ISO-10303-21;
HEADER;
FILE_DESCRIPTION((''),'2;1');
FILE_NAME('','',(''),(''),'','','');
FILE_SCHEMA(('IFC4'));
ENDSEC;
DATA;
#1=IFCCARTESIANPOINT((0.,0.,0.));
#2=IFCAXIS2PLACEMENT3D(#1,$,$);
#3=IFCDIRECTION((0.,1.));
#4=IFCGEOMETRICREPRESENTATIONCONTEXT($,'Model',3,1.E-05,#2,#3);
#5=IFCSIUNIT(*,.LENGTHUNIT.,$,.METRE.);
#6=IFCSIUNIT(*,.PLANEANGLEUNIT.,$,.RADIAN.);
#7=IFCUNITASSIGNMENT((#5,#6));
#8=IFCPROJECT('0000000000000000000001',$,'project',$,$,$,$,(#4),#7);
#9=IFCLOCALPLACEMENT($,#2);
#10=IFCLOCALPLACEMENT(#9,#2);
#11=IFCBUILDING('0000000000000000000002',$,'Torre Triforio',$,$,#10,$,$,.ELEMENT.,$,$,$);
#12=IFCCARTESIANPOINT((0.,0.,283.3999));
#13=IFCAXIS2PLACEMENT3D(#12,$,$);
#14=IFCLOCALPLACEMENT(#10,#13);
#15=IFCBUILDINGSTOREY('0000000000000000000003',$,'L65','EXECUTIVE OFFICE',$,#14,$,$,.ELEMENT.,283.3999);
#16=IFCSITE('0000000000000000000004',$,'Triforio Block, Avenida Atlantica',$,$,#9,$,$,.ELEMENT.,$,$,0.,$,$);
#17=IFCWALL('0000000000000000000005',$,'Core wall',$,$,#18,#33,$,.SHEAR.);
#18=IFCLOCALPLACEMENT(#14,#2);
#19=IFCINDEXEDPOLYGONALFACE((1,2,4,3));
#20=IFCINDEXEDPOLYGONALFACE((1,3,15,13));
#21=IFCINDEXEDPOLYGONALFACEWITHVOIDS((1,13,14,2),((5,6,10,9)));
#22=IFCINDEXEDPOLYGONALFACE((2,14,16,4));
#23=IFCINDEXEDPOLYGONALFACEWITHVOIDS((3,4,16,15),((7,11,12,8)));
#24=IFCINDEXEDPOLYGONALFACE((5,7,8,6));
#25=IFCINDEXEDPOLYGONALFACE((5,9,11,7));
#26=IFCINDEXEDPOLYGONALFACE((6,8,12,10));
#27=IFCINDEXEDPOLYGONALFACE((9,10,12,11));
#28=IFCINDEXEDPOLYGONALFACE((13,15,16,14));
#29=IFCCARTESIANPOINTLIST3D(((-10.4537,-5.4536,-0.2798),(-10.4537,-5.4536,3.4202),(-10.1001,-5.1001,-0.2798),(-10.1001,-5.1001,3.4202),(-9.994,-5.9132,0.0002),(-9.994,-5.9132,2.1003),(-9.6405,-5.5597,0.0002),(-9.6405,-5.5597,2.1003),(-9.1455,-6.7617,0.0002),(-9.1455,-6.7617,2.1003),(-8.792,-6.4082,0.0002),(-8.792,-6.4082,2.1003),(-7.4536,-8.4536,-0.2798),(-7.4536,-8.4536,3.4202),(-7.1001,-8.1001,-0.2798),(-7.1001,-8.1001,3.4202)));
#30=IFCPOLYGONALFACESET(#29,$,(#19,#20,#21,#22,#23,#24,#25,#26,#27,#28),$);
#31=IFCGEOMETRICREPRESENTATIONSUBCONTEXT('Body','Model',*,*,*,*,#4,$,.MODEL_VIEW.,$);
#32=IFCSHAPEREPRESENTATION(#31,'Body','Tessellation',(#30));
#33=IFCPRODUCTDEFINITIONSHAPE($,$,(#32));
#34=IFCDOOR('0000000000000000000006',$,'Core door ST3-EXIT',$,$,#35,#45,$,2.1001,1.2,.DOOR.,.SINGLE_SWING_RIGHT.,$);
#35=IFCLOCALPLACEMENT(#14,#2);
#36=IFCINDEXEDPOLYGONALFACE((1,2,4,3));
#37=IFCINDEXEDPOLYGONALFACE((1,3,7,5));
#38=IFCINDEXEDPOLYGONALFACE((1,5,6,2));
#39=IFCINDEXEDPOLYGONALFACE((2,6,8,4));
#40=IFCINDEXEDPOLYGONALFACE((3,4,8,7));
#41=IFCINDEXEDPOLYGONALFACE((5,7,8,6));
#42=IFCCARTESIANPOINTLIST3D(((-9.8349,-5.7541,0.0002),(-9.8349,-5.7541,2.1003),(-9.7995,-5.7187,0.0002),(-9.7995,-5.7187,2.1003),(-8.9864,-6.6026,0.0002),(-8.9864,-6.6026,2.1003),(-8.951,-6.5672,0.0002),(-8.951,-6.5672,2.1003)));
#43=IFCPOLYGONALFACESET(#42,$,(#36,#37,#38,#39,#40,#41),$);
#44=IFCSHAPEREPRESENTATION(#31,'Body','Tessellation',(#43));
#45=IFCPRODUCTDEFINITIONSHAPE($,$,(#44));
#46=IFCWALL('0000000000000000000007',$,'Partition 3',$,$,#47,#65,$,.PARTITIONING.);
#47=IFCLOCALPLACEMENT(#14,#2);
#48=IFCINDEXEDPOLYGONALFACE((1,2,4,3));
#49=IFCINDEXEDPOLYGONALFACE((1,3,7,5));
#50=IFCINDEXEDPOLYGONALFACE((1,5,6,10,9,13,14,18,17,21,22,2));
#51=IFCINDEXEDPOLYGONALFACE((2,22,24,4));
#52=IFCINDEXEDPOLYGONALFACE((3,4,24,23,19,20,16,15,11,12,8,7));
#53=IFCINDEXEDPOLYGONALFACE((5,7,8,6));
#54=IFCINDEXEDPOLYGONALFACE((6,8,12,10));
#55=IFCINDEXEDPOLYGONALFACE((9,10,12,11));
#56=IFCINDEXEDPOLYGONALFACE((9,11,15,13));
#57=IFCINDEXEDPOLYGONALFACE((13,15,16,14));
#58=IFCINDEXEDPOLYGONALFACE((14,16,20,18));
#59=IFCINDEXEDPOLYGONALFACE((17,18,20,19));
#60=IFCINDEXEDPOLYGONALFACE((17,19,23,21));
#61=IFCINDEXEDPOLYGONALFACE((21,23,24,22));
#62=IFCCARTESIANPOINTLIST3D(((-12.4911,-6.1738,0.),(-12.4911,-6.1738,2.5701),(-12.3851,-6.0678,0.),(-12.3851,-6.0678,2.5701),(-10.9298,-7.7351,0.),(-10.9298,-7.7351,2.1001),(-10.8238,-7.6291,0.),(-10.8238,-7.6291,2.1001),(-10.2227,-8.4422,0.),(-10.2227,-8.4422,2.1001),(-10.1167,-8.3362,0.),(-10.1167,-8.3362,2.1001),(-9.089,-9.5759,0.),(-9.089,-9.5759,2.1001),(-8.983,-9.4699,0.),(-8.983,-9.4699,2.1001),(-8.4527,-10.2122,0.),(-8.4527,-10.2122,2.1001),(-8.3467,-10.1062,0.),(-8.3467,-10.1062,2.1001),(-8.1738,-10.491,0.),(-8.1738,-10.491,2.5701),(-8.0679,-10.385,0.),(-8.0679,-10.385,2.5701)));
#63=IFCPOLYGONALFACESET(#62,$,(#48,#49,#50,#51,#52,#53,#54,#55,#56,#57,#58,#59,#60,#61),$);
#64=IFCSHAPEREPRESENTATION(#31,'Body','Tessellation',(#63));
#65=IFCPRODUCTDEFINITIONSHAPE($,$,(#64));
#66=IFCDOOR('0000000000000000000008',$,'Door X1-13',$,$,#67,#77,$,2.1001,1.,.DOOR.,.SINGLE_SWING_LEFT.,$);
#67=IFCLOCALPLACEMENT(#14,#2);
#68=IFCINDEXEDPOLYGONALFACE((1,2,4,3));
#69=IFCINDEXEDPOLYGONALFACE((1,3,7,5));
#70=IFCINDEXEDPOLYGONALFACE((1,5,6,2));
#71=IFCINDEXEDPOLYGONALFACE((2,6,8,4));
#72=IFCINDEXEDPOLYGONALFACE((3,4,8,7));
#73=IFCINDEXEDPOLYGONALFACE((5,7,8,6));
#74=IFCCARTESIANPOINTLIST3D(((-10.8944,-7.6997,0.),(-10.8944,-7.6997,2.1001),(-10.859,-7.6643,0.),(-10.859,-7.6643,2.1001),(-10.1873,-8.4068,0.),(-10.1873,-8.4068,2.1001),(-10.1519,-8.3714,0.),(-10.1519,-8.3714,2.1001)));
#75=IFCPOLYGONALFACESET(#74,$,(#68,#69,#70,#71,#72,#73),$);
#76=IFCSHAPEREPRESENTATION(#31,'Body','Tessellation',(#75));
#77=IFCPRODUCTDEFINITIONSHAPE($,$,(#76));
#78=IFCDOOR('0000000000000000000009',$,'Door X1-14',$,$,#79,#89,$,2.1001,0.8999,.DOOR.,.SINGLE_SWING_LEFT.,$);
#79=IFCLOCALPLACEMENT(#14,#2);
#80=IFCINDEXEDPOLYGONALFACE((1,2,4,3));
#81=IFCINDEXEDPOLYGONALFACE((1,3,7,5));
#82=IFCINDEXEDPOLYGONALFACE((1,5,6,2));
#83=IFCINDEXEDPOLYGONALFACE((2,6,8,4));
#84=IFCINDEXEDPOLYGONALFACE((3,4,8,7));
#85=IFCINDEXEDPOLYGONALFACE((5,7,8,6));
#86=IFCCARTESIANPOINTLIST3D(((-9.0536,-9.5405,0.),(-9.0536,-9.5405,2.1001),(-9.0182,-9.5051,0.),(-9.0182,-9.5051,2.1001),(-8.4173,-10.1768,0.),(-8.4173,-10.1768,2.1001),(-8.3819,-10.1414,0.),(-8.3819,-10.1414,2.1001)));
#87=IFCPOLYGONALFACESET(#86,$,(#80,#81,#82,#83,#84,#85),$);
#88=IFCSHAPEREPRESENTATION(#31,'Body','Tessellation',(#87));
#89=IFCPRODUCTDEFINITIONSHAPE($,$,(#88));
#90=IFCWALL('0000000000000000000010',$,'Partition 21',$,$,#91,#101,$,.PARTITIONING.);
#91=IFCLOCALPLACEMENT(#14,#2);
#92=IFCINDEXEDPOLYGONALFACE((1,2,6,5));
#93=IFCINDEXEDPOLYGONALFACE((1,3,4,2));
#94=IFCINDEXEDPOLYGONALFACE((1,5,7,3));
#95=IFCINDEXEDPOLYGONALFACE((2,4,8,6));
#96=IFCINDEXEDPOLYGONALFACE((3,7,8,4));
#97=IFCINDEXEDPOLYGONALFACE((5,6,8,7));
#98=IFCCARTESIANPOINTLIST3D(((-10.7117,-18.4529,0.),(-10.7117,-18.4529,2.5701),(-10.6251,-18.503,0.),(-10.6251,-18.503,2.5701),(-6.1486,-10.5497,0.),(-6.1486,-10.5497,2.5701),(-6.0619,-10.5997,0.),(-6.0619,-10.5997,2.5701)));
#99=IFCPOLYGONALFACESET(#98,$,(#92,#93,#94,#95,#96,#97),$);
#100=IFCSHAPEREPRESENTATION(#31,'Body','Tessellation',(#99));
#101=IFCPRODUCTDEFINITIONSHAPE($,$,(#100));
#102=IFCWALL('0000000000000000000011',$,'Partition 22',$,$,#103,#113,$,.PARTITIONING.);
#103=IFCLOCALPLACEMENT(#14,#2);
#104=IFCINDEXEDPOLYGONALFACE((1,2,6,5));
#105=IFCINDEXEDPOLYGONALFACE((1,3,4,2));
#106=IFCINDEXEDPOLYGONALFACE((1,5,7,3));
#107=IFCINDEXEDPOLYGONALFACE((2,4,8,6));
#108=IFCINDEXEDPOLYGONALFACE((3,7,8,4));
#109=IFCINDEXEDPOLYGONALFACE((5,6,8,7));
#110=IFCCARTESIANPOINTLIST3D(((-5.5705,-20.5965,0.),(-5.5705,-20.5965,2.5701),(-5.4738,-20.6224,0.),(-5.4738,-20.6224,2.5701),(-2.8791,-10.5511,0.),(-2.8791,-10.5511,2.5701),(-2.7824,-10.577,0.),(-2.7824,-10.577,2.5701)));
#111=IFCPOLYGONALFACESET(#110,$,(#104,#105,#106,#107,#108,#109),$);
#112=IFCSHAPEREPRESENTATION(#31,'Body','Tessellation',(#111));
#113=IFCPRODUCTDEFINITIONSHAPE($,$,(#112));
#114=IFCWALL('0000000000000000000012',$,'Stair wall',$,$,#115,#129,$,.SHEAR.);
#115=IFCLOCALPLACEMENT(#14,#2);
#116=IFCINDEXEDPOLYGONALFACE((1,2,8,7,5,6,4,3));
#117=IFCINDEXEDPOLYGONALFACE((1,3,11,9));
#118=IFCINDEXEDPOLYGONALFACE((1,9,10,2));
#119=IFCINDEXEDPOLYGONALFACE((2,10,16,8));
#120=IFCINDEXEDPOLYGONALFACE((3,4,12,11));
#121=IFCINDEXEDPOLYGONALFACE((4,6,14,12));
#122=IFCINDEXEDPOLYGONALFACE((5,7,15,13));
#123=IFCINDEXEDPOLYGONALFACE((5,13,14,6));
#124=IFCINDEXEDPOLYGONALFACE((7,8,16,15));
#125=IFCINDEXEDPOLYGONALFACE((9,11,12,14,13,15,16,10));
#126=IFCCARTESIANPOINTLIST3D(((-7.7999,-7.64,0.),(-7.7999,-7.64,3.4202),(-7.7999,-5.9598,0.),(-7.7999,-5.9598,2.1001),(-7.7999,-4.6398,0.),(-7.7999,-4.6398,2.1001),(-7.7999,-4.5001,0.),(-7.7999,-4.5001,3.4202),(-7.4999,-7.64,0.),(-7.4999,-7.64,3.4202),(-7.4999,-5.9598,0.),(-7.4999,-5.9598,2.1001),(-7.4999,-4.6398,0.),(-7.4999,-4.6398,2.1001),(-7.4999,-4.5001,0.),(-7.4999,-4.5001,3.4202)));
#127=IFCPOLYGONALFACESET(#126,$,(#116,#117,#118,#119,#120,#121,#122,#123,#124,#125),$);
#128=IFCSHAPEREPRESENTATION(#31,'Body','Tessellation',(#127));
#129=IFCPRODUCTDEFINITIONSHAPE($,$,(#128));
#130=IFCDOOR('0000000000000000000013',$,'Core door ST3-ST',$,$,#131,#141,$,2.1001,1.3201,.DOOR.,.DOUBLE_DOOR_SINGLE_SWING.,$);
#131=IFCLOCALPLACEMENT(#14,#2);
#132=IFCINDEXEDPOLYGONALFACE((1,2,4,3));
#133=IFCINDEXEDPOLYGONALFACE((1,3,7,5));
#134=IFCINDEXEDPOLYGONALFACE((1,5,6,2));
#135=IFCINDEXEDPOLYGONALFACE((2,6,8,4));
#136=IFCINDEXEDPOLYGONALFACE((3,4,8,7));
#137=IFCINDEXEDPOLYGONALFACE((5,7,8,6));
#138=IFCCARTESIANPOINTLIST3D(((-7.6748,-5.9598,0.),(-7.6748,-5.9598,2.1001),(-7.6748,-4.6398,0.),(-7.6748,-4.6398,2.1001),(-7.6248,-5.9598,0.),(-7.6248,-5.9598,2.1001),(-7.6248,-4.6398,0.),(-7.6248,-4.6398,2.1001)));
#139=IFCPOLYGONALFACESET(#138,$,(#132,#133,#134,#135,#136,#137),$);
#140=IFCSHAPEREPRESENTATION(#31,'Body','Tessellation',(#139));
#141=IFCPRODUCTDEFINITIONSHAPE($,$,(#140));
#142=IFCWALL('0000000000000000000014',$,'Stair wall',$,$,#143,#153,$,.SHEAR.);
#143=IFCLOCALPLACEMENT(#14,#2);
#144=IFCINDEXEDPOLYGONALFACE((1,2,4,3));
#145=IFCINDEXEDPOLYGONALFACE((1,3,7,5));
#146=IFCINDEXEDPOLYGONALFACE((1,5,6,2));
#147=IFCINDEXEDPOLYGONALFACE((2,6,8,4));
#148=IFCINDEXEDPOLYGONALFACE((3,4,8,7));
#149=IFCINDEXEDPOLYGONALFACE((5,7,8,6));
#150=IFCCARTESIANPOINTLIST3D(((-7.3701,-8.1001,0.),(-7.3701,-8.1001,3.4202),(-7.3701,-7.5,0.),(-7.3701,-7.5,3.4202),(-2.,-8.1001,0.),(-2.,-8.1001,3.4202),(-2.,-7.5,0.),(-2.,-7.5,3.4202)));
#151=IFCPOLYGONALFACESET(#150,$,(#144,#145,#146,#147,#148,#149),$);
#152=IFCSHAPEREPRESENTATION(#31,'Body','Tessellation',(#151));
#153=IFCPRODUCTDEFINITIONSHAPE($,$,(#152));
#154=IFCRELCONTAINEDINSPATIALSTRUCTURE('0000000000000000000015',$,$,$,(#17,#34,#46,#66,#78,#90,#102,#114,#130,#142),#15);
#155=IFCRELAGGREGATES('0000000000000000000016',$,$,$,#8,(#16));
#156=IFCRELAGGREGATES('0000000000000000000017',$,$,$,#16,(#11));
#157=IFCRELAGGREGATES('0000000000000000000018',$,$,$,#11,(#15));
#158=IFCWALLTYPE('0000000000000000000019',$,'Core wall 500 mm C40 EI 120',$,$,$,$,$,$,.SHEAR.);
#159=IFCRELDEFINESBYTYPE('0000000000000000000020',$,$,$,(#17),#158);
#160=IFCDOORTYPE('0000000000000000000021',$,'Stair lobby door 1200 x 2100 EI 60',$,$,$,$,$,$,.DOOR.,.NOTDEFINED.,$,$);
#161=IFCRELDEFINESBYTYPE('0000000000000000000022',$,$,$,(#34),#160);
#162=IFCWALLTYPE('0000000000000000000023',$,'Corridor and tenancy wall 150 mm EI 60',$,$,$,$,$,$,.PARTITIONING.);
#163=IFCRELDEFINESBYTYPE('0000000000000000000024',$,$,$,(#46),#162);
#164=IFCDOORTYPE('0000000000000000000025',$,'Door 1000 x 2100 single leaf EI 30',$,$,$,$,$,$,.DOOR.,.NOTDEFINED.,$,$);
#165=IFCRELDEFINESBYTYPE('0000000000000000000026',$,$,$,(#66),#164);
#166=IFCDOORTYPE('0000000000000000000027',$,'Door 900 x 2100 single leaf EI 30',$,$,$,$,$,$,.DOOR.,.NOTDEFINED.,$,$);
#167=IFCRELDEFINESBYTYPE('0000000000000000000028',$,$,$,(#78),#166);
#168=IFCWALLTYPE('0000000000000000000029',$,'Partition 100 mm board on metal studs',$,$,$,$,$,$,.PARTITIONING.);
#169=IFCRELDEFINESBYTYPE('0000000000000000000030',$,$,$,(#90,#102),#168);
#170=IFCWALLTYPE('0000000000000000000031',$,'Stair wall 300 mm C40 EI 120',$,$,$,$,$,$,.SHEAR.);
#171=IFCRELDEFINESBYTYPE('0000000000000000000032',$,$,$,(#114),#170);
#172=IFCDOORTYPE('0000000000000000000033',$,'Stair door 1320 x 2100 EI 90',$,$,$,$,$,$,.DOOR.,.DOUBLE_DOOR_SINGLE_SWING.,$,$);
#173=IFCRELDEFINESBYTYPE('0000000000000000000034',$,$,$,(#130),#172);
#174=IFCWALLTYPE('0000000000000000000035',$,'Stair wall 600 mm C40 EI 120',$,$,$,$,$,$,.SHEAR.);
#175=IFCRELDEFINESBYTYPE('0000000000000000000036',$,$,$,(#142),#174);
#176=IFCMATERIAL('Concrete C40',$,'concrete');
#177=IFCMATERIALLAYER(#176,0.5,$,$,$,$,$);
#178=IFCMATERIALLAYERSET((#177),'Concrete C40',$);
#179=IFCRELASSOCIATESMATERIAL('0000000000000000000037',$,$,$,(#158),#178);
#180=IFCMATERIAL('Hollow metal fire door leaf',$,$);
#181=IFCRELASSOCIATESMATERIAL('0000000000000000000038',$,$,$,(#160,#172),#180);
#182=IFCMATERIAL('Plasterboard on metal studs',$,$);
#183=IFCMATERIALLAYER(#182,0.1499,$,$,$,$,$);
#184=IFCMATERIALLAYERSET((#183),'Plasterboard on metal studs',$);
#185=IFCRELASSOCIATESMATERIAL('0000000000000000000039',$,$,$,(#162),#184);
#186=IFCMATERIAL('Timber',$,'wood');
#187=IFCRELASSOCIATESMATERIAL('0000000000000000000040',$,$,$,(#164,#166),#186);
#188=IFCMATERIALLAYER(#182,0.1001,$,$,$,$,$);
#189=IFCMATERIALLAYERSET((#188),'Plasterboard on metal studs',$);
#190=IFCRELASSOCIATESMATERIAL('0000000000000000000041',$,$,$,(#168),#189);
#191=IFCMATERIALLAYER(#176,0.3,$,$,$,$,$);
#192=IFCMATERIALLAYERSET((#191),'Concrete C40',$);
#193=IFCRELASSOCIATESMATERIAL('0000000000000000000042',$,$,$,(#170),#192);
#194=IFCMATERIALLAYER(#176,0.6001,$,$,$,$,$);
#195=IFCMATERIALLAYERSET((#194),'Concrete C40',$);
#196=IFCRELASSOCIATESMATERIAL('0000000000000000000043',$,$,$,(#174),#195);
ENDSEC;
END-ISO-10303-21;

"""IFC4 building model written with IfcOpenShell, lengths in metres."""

from ifc_helpers import new_model, si_unit, direction, frame, frame_2d, origin, place, context, subcontext, project, spatial, rectangle, extrude, material, layer, layer_set, type_object, element, fill, save


model = new_model("IFC4")

# Units and contexts
model_context = context("Model", 3, precision=1e-05, world=origin(), true_north=direction((0.0, 1.0)))
body_context = subcontext(model_context, "Body", "Model", "MODEL_VIEW")
ifc_project = project(units=[si_unit("LENGTHUNIT", "METRE"), si_unit("PLANEANGLEUNIT", "RADIAN")], contexts=[model_context])

# Site, building, storey
site_placement = place(None, origin())
site = spatial("IfcSite", under=ifc_project, at=site_placement, Name="Triforio Block, Avenida Atlantica", CompositionType="ELEMENT", RefElevation=0.0)
building_placement = place(site_placement, origin())
building = spatial("IfcBuilding", under=site, at=building_placement, Name="Torre Triforio", CompositionType="ELEMENT")
storey_placement = place(building_placement, frame((0.0, 0.0, 283.3999)))
storey = spatial("IfcBuildingStorey", under=building, at=storey_placement, Name="L65", Description="EXECUTIVE OFFICE", CompositionType="ELEMENT", Elevation=283.3999)

# Shared definitions
ifc_material_1 = material(Name="Concrete C40", Category="concrete")

# Shared definitions
ifc_layer_1 = layer(ifc_material_1, 0.5)
ifc_layer_set_1 = layer_set([ifc_layer_1], Name="Concrete C40")
wall_type_1 = type_object("IfcWallType", Name="Core wall 500 mm C40 EI 120", PredefinedType="SHEAR", material=ifc_layer_set_1)
ifc_material_2 = material(Name="Hollow metal fire door leaf")

# Wall, opening, door
wall_1_placement = place(storey_placement, frame((-7.2769, -8.2769, -0.2798), z_axis=(0.0, 0.0, 1.0), x_axis=(-0.707107, 0.707107, 0.0)))
wall_1 = element("IfcWall", 1, at=wall_1_placement, inside=storey, type_object=wall_type_1, Name="Core wall", PredefinedType="SHEAR", context=body_context, shape_type="SweptSolid", body=[
    extrude(rectangle(XDim=4.2427, YDim=0.5, at=frame_2d((2.1213, 0.0))), origin(), (0.0, 0.0, 1.0), 3.7),
])
opening_1_placement = place(wall_1_placement, frame((2.3926, 0.0, 0.28)))
opening_1 = element("IfcOpeningElement", 2, at=opening_1_placement, cuts=wall_1, PredefinedType="OPENING", context=body_context, shape_type="SweptSolid", body=[
    extrude(rectangle(XDim=1.2, YDim=2.1001, at=frame_2d((0.6001, 1.05))), frame((0.0, 0.26, 0.0), z_axis=(0.0, -1.0, 0.0), x_axis=(1.0, 0.0, 0.0)), (0.0, 0.0, 1.0), 0.52),
])
door_type_1 = type_object("IfcDoorType", Name="Stair lobby door 1200 x 2100 EI 60", OperationType="NOTDEFINED", PredefinedType="DOOR", material=ifc_material_2)
door_1_placement = place(opening_1_placement, origin())
door_1 = element("IfcDoor", 3, at=door_1_placement, inside=storey, type_object=door_type_1, Name="Core door ST3-EXIT", OperationType="SINGLE_SWING_RIGHT", OverallHeight=2.1001, OverallWidth=1.2, PredefinedType="DOOR", context=body_context, shape_type="SweptSolid", body=[
    extrude(rectangle(XDim=1.2, YDim=2.1001, at=frame_2d((0.6001, 1.05))), frame((0.0, 0.0249, 0.0), z_axis=(0.0, -1.0, 0.0), x_axis=(1.0, 0.0, 0.0)), (0.0, 0.0, 1.0), 0.05),
])
fill(opening_1, door_1)

# Wall, openings, doors
ifc_material_3 = material(Name="Plasterboard on metal studs")
ifc_layer_2 = layer(ifc_material_3, 0.1499)
ifc_layer_set_2 = layer_set([ifc_layer_2], Name="Plasterboard on metal studs")
wall_type_2 = type_object("IfcWallType", Name="Corridor and tenancy wall 150 mm EI 60", PredefinedType="PARTITIONING", material=ifc_layer_set_2)
wall_2_placement = place(storey_placement, frame((-8.1208, -10.438, 0.0), z_axis=(0.0, 0.0, 1.0), x_axis=(-0.707107, 0.707107, 0.0)))
wall_2 = element("IfcWall", 4, at=wall_2_placement, inside=storey, type_object=wall_type_2, Name="Partition 3", PredefinedType="PARTITIONING", context=body_context, shape_type="SweptSolid", body=[
    extrude(rectangle(XDim=6.1055, YDim=0.1499, at=frame_2d((3.0527, 0.0))), origin(), (0.0, 0.0, 1.0), 2.5701),
])
opening_2_placement = place(wall_2_placement, frame((2.8975, 0.0, 0.0)))
opening_2 = element("IfcOpeningElement", 5, at=opening_2_placement, cuts=wall_2, PredefinedType="OPENING", context=body_context, shape_type="SweptSolid", body=[
    extrude(rectangle(XDim=1.0, YDim=2.1001, at=frame_2d((0.5, 1.05))), frame((0.0, 0.085, 0.0), z_axis=(0.0, -1.0, 0.0), x_axis=(1.0, 0.0, 0.0)), (0.0, 0.0, 1.0), 0.1699),
])
opening_3_placement = place(wall_2_placement, frame((0.3943, 0.0, 0.0)))
opening_3 = element("IfcOpeningElement", 6, at=opening_3_placement, cuts=wall_2, PredefinedType="OPENING", context=body_context, shape_type="SweptSolid", body=[
    extrude(rectangle(XDim=0.8999, YDim=2.1001, at=frame_2d((0.45, 1.05))), frame((0.0, 0.085, 0.0), z_axis=(0.0, -1.0, 0.0), x_axis=(1.0, 0.0, 0.0)), (0.0, 0.0, 1.0), 0.1699),
])
ifc_material_4 = material(Name="Timber", Category="wood")
door_type_2 = type_object("IfcDoorType", Name="Door 1000 x 2100 single leaf EI 30", OperationType="NOTDEFINED", PredefinedType="DOOR", material=ifc_material_4)
door_2_placement = place(opening_2_placement, origin())
door_2 = element("IfcDoor", 7, at=door_2_placement, inside=storey, type_object=door_type_2, Name="Door X1-13", OperationType="SINGLE_SWING_LEFT", OverallHeight=2.1001, OverallWidth=1.0, PredefinedType="DOOR", context=body_context, shape_type="SweptSolid", body=[
    extrude(rectangle(XDim=1.0, YDim=2.1001, at=frame_2d((0.5, 1.05))), frame((0.0, 0.0249, 0.0), z_axis=(0.0, -1.0, 0.0), x_axis=(1.0, 0.0, 0.0)), (0.0, 0.0, 1.0), 0.05),
])
fill(opening_2, door_2)
door_type_3 = type_object("IfcDoorType", Name="Door 900 x 2100 single leaf EI 30", OperationType="NOTDEFINED", PredefinedType="DOOR", material=ifc_material_4)
door_3_placement = place(opening_3_placement, origin())
door_3 = element("IfcDoor", 8, at=door_3_placement, inside=storey, type_object=door_type_3, Name="Door X1-14", OperationType="SINGLE_SWING_LEFT", OverallHeight=2.1001, OverallWidth=0.8999, PredefinedType="DOOR", context=body_context, shape_type="SweptSolid", body=[
    extrude(rectangle(XDim=0.8999, YDim=2.1001, at=frame_2d((0.45, 1.05))), frame((0.0, 0.0249, 0.0), z_axis=(0.0, -1.0, 0.0), x_axis=(1.0, 0.0, 0.0)), (0.0, 0.0, 1.0), 0.05),
])
fill(opening_3, door_3)

# Walls
ifc_layer_3 = layer(ifc_material_3, 0.1001)
ifc_layer_set_3 = layer_set([ifc_layer_3], Name="Plasterboard on metal studs")
wall_type_3 = type_object("IfcWallType", Name="Partition 100 mm board on metal studs", PredefinedType="PARTITIONING", material=ifc_layer_set_3)
wall_3_placement = place(storey_placement, frame((-6.1052, -10.5747, 0.0), z_axis=(0.0, 0.0, 1.0), x_axis=(-0.50002, -0.866014, 0.0)))
element("IfcWall", 9, at=wall_3_placement, inside=storey, type_object=wall_type_3, Name="Partition 21", PredefinedType="PARTITIONING", context=body_context, shape_type="SweptSolid", body=[
    extrude(rectangle(XDim=9.126, YDim=0.1001, at=frame_2d((4.563, 0.0))), origin(), (0.0, 0.0, 1.0), 2.5701),
])
wall_4_placement = place(storey_placement, frame((-2.8308, -10.5642, 0.0), z_axis=(0.0, 0.0, 1.0), x_axis=(-0.258796, -0.965932, 0.0)))
element("IfcWall", 10, at=wall_4_placement, inside=storey, type_object=wall_type_3, Name="Partition 22", PredefinedType="PARTITIONING", context=body_context, shape_type="SweptSolid", body=[
    extrude(rectangle(XDim=10.3997, YDim=0.1001, at=frame_2d((5.1997, 0.0))), origin(), (0.0, 0.0, 1.0), 2.5701),
])

# Wall, opening, door
ifc_layer_4 = layer(ifc_material_1, 0.3)
ifc_layer_set_4 = layer_set([ifc_layer_4], Name="Concrete C40")
wall_type_4 = type_object("IfcWallType", Name="Stair wall 300 mm C40 EI 120", PredefinedType="SHEAR", material=ifc_layer_set_4)
wall_5_placement = place(storey_placement, frame((-7.6499, -7.6399, 0.0), z_axis=(0.0, 0.0, 1.0), x_axis=(0.0, 1.0, 0.0)))
wall_5 = element("IfcWall", 11, at=wall_5_placement, inside=storey, type_object=wall_type_4, Name="Stair wall", PredefinedType="SHEAR", context=body_context, shape_type="SweptSolid", body=[
    extrude(rectangle(XDim=3.1399, YDim=0.3, at=frame_2d((1.5698, 0.0))), origin(), (0.0, 0.0, 1.0), 3.4202),
])
opening_4_placement = place(wall_5_placement, frame((1.6799, 0.0, 0.0)))
opening_4 = element("IfcOpeningElement", 12, at=opening_4_placement, cuts=wall_5, PredefinedType="OPENING", context=body_context, shape_type="SweptSolid", body=[
    extrude(rectangle(XDim=1.3201, YDim=2.1001, at=frame_2d((0.6602, 1.05))), frame((0.0, 0.1599, 0.0), z_axis=(0.0, -1.0, 0.0), x_axis=(1.0, 0.0, 0.0)), (0.0, 0.0, 1.0), 0.3201),
])
door_type_4 = type_object("IfcDoorType", Name="Stair door 1320 x 2100 EI 90", OperationType="DOUBLE_DOOR_SINGLE_SWING", PredefinedType="DOOR", material=ifc_material_2)
door_4_placement = place(opening_4_placement, origin())
door_4 = element("IfcDoor", 13, at=door_4_placement, inside=storey, type_object=door_type_4, Name="Core door ST3-ST", OperationType="DOUBLE_DOOR_SINGLE_SWING", OverallHeight=2.1001, OverallWidth=1.3201, PredefinedType="DOOR", context=body_context, shape_type="SweptSolid", body=[
    extrude(rectangle(XDim=1.3201, YDim=2.1001, at=frame_2d((0.6602, 1.05))), frame((0.0, 0.0249, 0.0), z_axis=(0.0, -1.0, 0.0), x_axis=(1.0, 0.0, 0.0)), (0.0, 0.0, 1.0), 0.05),
])
fill(opening_4, door_4)

# Wall
ifc_layer_5 = layer(ifc_material_1, 0.6001)
ifc_layer_set_5 = layer_set([ifc_layer_5], Name="Concrete C40")
wall_type_5 = type_object("IfcWallType", Name="Stair wall 600 mm C40 EI 120", PredefinedType="SHEAR", material=ifc_layer_set_5)
wall_6_placement = place(storey_placement, frame((-7.3701, -7.8, 0.0), z_axis=(0.0, 0.0, 1.0), x_axis=(1.0, 0.0, 0.0)))
element("IfcWall", 14, at=wall_6_placement, inside=storey, type_object=wall_type_5, Name="Stair wall", PredefinedType="SHEAR", context=body_context, shape_type="SweptSolid", body=[
    extrude(rectangle(XDim=5.3701, YDim=0.6001, at=frame_2d((2.6851, 0.0))), origin(), (0.0, 0.0, 1.0), 3.4202),
])

save(model, "model.ifc")
